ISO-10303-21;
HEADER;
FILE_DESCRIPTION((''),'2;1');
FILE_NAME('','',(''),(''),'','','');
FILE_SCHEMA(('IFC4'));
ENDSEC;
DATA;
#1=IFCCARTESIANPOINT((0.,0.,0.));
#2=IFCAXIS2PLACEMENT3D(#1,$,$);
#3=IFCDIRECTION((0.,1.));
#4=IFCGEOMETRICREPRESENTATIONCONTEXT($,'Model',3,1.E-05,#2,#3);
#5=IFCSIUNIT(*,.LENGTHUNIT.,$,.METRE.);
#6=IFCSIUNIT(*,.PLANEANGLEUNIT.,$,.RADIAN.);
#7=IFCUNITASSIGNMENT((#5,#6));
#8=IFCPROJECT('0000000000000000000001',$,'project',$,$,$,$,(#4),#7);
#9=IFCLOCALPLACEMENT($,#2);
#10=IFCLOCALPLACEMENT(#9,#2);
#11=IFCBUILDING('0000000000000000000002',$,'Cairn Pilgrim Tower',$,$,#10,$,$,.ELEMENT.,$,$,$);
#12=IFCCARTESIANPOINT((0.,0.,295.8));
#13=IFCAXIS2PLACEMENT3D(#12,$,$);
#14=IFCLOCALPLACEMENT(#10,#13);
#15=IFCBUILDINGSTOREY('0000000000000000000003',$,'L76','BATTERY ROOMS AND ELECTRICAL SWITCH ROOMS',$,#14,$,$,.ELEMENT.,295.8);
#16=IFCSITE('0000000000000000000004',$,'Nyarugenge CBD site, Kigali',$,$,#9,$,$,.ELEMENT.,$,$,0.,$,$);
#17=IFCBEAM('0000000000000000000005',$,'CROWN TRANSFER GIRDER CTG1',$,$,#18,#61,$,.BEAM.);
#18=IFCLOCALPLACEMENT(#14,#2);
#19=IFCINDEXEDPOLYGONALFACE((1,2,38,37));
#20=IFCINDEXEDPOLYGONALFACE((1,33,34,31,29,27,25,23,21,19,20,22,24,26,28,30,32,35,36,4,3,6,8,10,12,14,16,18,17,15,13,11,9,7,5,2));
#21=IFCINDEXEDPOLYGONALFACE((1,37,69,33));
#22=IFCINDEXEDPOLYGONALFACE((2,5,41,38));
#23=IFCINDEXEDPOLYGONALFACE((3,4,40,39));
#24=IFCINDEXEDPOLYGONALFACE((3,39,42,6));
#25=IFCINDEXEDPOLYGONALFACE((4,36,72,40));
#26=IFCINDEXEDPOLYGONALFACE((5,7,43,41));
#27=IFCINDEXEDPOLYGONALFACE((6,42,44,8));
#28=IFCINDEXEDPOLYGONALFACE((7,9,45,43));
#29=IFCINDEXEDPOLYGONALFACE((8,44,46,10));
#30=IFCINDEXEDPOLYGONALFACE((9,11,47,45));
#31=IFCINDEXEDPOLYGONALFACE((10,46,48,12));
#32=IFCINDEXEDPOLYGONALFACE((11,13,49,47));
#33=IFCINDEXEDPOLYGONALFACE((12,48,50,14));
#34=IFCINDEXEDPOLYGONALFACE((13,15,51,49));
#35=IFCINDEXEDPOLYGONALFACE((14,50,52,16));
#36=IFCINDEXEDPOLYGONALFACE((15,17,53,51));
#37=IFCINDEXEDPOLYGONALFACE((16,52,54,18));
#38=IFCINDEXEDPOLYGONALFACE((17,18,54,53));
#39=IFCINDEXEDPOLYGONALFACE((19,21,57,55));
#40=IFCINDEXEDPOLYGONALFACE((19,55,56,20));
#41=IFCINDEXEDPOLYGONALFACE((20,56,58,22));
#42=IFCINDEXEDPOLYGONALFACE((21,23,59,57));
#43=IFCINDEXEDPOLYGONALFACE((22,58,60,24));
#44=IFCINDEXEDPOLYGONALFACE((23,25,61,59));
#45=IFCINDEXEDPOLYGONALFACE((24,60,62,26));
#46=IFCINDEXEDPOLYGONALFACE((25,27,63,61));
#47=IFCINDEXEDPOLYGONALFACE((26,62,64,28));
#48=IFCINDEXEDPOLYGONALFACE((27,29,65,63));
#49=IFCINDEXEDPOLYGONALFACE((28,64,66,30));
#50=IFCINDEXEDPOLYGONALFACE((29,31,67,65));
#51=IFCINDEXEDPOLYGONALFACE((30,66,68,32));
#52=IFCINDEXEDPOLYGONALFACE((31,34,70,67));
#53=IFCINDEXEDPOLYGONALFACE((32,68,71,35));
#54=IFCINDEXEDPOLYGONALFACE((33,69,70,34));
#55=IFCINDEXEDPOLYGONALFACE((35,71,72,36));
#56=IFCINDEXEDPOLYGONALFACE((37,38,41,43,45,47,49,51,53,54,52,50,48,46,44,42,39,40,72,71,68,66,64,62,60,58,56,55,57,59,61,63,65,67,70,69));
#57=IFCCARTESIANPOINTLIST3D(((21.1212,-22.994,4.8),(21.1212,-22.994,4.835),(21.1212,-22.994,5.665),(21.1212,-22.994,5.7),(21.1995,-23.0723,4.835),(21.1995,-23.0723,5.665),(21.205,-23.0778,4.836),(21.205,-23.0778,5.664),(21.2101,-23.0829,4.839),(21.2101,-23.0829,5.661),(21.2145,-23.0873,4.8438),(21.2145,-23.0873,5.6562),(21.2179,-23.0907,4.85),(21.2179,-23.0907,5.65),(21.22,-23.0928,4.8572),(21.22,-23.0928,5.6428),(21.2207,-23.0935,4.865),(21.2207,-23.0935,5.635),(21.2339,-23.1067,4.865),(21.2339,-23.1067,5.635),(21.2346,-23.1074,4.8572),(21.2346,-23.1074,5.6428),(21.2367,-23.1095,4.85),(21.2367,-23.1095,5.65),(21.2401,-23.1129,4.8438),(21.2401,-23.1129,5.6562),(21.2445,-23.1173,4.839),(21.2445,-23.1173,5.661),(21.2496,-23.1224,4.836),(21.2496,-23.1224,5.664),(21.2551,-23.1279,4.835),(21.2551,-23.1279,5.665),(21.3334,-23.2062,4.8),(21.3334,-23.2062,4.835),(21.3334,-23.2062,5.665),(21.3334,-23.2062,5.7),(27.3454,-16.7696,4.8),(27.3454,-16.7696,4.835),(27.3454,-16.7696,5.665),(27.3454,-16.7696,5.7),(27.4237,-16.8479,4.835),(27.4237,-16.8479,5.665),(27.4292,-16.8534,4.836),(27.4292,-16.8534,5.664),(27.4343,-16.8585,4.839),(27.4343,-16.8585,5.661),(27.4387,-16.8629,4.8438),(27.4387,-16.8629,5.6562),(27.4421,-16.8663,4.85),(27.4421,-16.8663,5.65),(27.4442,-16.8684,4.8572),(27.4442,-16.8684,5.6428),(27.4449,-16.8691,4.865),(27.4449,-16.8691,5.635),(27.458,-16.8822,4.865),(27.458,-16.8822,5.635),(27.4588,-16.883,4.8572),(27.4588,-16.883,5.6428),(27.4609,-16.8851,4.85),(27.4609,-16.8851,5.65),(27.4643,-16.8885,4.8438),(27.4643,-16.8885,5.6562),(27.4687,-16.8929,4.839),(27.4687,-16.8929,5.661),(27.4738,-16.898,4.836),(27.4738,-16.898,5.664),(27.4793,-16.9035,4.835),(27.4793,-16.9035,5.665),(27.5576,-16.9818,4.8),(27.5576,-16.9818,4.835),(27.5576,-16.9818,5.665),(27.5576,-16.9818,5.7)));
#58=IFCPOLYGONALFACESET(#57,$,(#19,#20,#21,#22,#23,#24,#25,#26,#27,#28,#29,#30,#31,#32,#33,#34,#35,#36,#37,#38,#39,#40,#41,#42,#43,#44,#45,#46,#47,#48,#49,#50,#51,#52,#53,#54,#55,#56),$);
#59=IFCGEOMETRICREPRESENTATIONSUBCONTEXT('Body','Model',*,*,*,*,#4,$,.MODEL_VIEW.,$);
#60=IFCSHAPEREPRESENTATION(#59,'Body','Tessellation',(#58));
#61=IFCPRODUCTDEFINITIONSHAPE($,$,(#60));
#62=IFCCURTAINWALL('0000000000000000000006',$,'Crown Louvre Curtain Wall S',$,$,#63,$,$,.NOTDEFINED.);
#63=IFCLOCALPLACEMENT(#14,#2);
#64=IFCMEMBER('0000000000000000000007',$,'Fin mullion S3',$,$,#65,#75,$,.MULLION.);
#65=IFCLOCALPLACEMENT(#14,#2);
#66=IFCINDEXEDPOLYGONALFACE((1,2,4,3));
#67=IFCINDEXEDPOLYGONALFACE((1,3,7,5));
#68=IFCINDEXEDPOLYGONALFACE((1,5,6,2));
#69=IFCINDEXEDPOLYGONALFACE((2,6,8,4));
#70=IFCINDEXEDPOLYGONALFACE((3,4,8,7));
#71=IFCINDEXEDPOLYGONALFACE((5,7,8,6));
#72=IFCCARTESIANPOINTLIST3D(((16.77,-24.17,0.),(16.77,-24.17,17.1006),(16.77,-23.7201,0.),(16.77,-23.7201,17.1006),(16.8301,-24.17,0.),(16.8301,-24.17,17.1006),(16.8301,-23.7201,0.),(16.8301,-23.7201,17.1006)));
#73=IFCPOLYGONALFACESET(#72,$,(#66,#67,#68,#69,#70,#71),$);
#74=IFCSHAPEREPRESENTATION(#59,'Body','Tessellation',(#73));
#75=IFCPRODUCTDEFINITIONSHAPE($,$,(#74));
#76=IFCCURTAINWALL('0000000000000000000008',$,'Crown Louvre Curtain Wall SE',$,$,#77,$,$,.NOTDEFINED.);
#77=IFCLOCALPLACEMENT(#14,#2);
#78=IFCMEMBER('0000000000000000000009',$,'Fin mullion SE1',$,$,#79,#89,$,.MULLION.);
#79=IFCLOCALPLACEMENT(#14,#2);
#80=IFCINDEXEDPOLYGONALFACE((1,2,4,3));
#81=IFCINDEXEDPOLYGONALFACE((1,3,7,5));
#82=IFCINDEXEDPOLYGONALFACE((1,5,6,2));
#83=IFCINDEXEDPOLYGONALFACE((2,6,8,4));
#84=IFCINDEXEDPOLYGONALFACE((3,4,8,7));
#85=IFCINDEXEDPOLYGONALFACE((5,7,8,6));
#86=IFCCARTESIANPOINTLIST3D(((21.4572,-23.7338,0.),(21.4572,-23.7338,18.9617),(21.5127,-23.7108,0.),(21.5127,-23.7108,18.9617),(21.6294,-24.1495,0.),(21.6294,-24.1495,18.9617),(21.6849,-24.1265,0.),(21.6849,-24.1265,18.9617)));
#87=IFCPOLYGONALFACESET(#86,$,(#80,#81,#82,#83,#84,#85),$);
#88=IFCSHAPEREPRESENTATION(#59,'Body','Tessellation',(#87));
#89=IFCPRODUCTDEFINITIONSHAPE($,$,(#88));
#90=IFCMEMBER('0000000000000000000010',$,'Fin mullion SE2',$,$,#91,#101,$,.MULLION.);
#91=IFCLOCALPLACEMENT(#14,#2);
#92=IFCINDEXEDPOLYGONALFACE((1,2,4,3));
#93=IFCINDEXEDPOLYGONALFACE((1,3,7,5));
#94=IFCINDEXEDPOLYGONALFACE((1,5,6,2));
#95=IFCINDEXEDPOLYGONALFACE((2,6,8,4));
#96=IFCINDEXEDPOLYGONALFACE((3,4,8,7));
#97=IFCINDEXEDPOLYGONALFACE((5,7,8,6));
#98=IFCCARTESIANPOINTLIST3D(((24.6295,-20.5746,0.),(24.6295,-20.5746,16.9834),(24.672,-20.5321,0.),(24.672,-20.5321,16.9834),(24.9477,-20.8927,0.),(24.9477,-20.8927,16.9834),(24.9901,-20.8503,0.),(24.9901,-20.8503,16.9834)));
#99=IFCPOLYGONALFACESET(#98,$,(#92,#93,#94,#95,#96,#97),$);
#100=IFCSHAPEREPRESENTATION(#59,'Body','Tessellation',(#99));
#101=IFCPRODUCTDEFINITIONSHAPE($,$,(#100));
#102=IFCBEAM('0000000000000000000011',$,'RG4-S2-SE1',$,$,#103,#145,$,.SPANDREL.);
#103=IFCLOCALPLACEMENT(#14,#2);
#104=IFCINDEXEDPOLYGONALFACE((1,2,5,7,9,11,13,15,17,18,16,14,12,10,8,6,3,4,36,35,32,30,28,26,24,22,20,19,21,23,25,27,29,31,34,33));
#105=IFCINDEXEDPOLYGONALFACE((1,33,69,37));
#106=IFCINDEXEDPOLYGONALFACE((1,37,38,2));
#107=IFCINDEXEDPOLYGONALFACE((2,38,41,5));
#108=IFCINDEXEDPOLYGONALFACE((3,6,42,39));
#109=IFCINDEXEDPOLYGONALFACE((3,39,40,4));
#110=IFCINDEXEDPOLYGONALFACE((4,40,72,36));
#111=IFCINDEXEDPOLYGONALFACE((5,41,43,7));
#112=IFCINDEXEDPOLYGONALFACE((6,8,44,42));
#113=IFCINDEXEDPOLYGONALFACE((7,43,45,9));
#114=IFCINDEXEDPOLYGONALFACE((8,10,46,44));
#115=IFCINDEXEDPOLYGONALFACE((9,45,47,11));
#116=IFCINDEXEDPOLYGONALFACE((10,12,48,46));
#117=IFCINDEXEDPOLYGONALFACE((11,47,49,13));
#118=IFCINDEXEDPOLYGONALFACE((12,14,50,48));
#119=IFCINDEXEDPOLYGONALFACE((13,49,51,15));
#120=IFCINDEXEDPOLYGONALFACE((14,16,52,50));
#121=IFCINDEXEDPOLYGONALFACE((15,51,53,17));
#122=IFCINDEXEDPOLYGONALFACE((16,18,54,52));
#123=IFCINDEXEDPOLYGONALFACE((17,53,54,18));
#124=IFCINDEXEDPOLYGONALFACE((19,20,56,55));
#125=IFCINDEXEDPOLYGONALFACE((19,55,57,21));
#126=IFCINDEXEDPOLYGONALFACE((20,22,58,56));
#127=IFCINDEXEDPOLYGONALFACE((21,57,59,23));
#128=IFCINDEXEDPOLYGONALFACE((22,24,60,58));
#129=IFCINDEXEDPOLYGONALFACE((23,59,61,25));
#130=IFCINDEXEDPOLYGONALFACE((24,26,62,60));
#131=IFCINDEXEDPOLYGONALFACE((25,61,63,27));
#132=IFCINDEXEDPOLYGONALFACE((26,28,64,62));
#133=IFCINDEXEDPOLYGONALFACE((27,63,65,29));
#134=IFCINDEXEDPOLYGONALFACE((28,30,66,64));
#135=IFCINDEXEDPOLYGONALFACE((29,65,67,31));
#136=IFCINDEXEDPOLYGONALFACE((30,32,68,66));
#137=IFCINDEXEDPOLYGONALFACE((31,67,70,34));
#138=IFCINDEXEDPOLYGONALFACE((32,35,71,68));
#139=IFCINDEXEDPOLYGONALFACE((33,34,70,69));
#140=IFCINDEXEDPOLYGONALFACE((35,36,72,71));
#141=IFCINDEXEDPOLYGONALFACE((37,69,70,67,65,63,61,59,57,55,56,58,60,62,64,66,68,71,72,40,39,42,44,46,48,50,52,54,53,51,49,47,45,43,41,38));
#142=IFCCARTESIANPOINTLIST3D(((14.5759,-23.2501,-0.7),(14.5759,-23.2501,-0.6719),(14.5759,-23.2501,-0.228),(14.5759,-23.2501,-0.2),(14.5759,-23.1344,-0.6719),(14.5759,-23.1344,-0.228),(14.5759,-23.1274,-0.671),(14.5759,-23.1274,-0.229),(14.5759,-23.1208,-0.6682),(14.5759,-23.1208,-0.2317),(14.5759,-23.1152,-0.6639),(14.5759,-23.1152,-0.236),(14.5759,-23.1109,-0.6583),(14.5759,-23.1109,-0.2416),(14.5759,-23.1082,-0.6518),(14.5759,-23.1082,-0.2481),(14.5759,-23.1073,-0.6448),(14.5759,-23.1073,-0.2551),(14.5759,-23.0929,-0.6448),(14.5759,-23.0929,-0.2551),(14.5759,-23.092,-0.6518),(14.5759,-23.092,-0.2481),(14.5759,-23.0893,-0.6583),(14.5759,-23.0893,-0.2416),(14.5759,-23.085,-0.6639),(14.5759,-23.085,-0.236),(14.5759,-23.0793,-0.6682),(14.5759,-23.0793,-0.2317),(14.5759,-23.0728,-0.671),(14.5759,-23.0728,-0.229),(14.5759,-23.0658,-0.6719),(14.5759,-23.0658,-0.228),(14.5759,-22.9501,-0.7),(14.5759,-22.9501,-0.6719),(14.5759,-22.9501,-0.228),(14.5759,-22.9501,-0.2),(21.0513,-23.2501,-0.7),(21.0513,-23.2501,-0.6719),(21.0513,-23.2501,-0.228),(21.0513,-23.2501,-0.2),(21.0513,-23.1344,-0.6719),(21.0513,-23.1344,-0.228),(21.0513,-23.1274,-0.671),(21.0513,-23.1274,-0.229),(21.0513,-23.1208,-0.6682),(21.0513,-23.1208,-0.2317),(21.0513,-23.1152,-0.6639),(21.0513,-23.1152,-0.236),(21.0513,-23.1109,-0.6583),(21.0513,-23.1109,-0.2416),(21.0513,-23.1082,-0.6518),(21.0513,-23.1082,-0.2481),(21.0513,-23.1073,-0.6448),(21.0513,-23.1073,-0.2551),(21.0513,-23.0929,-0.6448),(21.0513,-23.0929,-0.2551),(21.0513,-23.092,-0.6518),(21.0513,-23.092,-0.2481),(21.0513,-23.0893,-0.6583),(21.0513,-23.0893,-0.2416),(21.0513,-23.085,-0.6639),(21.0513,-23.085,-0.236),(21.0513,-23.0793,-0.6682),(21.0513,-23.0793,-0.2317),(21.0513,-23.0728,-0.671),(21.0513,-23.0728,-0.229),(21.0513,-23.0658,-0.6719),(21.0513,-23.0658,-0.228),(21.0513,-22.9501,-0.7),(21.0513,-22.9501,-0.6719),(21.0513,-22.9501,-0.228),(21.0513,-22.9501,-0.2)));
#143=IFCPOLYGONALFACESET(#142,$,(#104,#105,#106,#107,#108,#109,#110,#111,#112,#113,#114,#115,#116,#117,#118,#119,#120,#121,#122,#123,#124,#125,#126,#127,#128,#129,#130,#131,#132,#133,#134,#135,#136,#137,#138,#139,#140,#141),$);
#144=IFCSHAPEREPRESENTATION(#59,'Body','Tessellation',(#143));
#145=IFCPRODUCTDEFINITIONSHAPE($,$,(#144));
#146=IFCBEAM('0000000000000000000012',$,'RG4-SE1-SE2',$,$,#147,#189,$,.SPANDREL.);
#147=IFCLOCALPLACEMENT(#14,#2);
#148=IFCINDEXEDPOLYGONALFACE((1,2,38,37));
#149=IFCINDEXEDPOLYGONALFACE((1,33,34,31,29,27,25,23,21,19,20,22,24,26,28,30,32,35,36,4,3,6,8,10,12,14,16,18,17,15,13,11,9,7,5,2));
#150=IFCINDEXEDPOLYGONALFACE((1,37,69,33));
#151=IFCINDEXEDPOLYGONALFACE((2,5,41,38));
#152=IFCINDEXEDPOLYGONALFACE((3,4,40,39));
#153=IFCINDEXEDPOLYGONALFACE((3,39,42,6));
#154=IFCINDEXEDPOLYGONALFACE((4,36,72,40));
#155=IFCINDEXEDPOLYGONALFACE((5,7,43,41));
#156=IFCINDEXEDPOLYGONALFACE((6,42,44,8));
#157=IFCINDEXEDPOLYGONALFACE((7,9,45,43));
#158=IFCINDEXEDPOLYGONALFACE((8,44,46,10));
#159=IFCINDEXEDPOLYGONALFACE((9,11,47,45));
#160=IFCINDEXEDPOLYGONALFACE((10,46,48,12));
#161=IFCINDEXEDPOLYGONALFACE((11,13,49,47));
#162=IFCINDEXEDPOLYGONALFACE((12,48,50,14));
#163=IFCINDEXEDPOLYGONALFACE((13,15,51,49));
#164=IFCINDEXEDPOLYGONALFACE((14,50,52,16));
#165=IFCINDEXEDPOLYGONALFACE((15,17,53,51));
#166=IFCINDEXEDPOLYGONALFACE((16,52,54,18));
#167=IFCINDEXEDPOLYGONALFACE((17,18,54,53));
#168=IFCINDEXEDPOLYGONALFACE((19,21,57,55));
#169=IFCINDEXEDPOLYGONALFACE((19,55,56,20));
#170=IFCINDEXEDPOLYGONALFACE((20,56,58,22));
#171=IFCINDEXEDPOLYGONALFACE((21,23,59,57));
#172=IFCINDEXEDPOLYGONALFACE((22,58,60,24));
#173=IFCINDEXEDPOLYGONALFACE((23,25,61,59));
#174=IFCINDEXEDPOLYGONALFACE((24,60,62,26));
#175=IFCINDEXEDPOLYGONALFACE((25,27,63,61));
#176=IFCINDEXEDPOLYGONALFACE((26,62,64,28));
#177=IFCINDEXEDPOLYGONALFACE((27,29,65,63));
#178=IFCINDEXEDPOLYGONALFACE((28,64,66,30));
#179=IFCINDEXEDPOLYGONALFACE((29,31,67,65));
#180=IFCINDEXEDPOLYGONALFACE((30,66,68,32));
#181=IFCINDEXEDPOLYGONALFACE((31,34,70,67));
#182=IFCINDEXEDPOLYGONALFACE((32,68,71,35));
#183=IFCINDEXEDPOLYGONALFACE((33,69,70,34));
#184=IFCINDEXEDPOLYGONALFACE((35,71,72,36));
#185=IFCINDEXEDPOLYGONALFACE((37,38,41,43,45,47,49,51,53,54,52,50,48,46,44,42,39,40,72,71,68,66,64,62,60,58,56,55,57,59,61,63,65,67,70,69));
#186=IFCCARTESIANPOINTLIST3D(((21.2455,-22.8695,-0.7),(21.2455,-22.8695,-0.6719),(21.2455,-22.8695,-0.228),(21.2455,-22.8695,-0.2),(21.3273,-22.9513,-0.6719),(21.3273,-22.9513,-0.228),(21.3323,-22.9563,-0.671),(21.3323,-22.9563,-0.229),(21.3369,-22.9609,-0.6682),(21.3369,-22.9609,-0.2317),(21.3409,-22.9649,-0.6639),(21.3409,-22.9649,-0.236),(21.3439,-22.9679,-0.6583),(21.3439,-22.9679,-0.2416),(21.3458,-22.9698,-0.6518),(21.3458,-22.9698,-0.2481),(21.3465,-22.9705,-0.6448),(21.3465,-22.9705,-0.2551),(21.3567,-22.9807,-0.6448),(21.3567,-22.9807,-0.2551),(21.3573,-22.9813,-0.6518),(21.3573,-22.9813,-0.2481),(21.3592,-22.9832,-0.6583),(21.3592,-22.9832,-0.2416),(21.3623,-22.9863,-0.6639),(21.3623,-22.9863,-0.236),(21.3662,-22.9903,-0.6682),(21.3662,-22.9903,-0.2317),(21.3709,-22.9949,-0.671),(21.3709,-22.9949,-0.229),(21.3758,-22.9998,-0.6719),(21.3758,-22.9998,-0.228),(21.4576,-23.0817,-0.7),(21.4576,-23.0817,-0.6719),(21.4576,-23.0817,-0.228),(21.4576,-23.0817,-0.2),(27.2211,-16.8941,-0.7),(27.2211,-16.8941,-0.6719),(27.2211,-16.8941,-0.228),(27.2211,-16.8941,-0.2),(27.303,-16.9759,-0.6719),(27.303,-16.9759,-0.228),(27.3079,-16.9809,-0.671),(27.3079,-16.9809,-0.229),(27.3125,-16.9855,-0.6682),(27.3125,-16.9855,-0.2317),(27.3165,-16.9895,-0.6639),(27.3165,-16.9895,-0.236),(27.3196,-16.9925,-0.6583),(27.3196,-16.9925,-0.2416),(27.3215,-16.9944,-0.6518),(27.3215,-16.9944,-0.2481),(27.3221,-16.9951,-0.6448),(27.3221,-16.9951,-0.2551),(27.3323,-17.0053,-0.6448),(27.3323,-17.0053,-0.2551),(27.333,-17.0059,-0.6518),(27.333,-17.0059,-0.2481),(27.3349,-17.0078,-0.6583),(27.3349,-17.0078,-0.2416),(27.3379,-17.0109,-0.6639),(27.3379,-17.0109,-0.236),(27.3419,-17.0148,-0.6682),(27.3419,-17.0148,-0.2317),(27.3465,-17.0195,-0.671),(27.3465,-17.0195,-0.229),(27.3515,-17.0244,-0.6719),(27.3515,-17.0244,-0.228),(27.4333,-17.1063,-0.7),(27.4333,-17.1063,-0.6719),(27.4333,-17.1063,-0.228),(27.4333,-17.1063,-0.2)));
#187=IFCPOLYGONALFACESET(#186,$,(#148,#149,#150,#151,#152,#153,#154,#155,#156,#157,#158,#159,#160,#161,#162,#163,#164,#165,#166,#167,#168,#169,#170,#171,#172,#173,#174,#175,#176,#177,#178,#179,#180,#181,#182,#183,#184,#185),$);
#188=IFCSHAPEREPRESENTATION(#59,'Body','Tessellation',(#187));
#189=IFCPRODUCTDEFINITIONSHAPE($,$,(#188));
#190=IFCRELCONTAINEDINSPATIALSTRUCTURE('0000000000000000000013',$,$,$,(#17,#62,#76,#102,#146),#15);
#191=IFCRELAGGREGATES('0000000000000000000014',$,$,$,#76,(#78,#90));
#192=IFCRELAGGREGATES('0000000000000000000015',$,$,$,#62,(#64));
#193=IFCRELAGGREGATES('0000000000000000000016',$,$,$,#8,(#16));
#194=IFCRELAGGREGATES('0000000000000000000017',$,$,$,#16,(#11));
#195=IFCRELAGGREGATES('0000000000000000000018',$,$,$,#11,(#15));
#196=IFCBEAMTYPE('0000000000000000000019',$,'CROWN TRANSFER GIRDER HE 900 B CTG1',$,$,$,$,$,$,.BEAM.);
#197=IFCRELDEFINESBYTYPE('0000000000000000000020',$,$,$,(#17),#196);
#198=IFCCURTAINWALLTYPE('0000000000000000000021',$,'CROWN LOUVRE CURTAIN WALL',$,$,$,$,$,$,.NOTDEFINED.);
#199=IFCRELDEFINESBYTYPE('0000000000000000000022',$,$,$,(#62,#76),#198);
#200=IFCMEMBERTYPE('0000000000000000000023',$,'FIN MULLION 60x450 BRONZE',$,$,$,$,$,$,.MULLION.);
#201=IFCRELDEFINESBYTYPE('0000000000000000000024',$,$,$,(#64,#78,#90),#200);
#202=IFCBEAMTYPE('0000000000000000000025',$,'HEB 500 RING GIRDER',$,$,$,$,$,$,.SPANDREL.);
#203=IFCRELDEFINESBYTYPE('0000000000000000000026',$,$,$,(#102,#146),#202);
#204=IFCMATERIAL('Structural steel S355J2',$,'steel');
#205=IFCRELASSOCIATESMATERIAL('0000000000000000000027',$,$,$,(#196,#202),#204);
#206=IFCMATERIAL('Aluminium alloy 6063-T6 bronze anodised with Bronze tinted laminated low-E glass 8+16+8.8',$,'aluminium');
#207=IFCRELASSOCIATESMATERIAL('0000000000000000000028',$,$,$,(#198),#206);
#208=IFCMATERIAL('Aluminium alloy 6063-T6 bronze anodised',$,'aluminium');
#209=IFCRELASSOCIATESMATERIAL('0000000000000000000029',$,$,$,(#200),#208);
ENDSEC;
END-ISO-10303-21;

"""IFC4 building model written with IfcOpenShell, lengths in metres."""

from ifc_helpers import new_model, si_unit, direction, frame, origin, origin_2d, place, context, subcontext, project, spatial, rectangle, i_section, extrude, material, material_profile, profile_set, type_object, element, aggregate, save


model = new_model("IFC4")

# Units and contexts
model_context = context("Model", 3, precision=1e-05, world=origin(), true_north=direction((0.0, 1.0)))
body_context = subcontext(model_context, "Body", "Model", "MODEL_VIEW")
ifc_project = project(units=[si_unit("LENGTHUNIT", "METRE"), si_unit("PLANEANGLEUNIT", "RADIAN")], contexts=[model_context])

# Site, building, storey
site_placement = place(None, origin())
site = spatial("IfcSite", under=ifc_project, at=site_placement, Name="Nyarugenge CBD site, Kigali", CompositionType="ELEMENT", RefElevation=0.0)
building_placement = place(site_placement, origin())
building = spatial("IfcBuilding", under=site, at=building_placement, Name="Cairn Pilgrim Tower", CompositionType="ELEMENT")
storey_placement = place(building_placement, frame((0.0, 0.0, 295.8)))
storey = spatial("IfcBuildingStorey", under=building, at=storey_placement, Name="L76", Description="BATTERY ROOMS AND ELECTRICAL SWITCH ROOMS", CompositionType="ELEMENT", Elevation=295.8)

# Shared definitions
ifc_material_1 = material(Name="Structural steel S355J2", Category="steel")

# Beam
ifc_material_profile_1 = material_profile(ifc_material_1, i_section(OverallWidth=0.3, OverallDepth=0.8999, WebThickness=0.0186, FlangeThickness=0.0349, FilletRadius=0.03, at=origin_2d()), Name="HEB 900")
ifc_profile_set_1 = profile_set([ifc_material_profile_1], Name="Structural steel S355J2")
beam_type_1 = type_object("IfcBeamType", Name="CROWN TRANSFER GIRDER HE 900 B CTG1", PredefinedType="BEAM", material=ifc_profile_set_1)
beam_1_placement = place(storey_placement, frame((21.2273, -23.1001, 5.25), z_axis=(0.707093, 0.707121, 0.0), x_axis=(-0.707121, 0.707093, 0.0)))
element("IfcBeam", 1, at=beam_1_placement, inside=storey, type_object=beam_type_1, Name="CROWN TRANSFER GIRDER CTG1", PredefinedType="BEAM", context=body_context, shape_type="SweptSolid", body=[
    extrude(i_section(OverallWidth=0.3, OverallDepth=0.8999, WebThickness=0.0186, FlangeThickness=0.0349, FilletRadius=0.03, at=origin_2d()), origin(), (0.0, 0.0, 1.0), 8.8025),
])

# Curtain wall, member
ifc_material_2 = material(Name="Aluminium alloy 6063-T6 bronze anodised with Bronze tinted laminated low-E glass 8+16+8.8", Category="aluminium")
curtain_wall_type = type_object("IfcCurtainWallType", Name="CROWN LOUVRE CURTAIN WALL", PredefinedType="NOTDEFINED", material=ifc_material_2)
curtain_wall_1_placement = place(storey_placement, origin())
curtain_wall_1 = element("IfcCurtainWall", 2, at=curtain_wall_1_placement, inside=storey, type_object=curtain_wall_type, Name="Crown Louvre Curtain Wall S", PredefinedType="NOTDEFINED")
ifc_material_3 = material(Name="Aluminium alloy 6063-T6 bronze anodised", Category="aluminium")
ifc_material_profile_2 = material_profile(ifc_material_3, rectangle(XDim=0.45, YDim=0.0601, at=origin_2d()), Name="FIN MULLION 60x450 BRONZE")
ifc_profile_set_2 = profile_set([ifc_material_profile_2], Name="Aluminium alloy 6063-T6 bronze anodised")
member_type_1 = type_object("IfcMemberType", Name="FIN MULLION 60x450 BRONZE", PredefinedType="MULLION", material=ifc_profile_set_2)
member_1_placement = place(storey_placement, frame((16.8, -23.9451, 0.0), z_axis=(0.0, 0.0, 1.0), x_axis=(0.0, -1.0, 0.0)))
member_1 = element("IfcMember", 3, at=member_1_placement, type_object=member_type_1, Name="Fin mullion S3", PredefinedType="MULLION", context=body_context, shape_type="SweptSolid", body=[
    extrude(rectangle(XDim=0.45, YDim=0.0601, at=origin_2d()), origin(), (0.0, 0.0, 1.0), 17.1006),
])

# Curtain wall, members
curtain_wall_2_placement = place(storey_placement, origin())
curtain_wall_2 = element("IfcCurtainWall", 4, at=curtain_wall_2_placement, inside=storey, type_object=curtain_wall_type, Name="Crown Louvre Curtain Wall SE", PredefinedType="NOTDEFINED")
member_2_placement = place(storey_placement, frame((21.571, -23.9302, 0.0), z_axis=(0.0, 0.0, 1.0), x_axis=(0.382683, -0.92388, 0.0)))
member_2 = element("IfcMember", 5, at=member_2_placement, type_object=member_type_1, Name="Fin mullion SE1", PredefinedType="MULLION", context=body_context, shape_type="SweptSolid", body=[
    extrude(rectangle(XDim=0.45, YDim=0.0601, at=origin_2d()), origin(), (0.0, 0.0, 1.0), 18.9617),
])
member_3_placement = place(storey_placement, frame((24.8098, -20.7124, 0.0), z_axis=(0.0, 0.0, 1.0), x_axis=(0.707107, -0.707107, 0.0)))
member_3 = element("IfcMember", 6, at=member_3_placement, type_object=member_type_1, Name="Fin mullion SE2", PredefinedType="MULLION", context=body_context, shape_type="SweptSolid", body=[
    extrude(rectangle(XDim=0.45, YDim=0.0601, at=origin_2d()), origin(), (0.0, 0.0, 1.0), 16.9834),
])

# Beams
ifc_material_profile_3 = material_profile(ifc_material_1, i_section(OverallWidth=0.3, OverallDepth=0.5, WebThickness=0.0144, FlangeThickness=0.0281, FilletRadius=0.0271, at=origin_2d()), Name="HEB 500")
ifc_profile_set_3 = profile_set([ifc_material_profile_3], Name="Structural steel S355J2")
beam_type_2 = type_object("IfcBeamType", Name="HEB 500 RING GIRDER", PredefinedType="SPANDREL", material=ifc_profile_set_3)
beam_2_placement = place(storey_placement, frame((14.5759, -23.1001, -0.45), z_axis=(1.0, 0.0, 0.0), x_axis=(0.0, 1.0, 0.0)))
element("IfcBeam", 7, at=beam_2_placement, inside=storey, type_object=beam_type_2, Name="RG4-S2-SE1", PredefinedType="SPANDREL", context=body_context, shape_type="SweptSolid", body=[
    extrude(i_section(OverallWidth=0.3, OverallDepth=0.5, WebThickness=0.0144, FlangeThickness=0.0281, FilletRadius=0.0271, at=origin_2d()), origin(), (0.0, 0.0, 1.0), 6.4753),
])
beam_3_placement = place(storey_placement, frame((21.3516, -22.9756, -0.45), z_axis=(0.707121, 0.707092, 0.0), x_axis=(-0.707092, 0.707121, 0.0)))
element("IfcBeam", 8, at=beam_3_placement, inside=storey, type_object=beam_type_2, Name="RG4-SE1-SE2", PredefinedType="SPANDREL", context=body_context, shape_type="SweptSolid", body=[
    extrude(i_section(OverallWidth=0.3, OverallDepth=0.5, WebThickness=0.0144, FlangeThickness=0.0281, FilletRadius=0.0271, at=origin_2d()), origin(), (0.0, 0.0, 1.0), 8.4507),
])

aggregate(curtain_wall_2, [member_2, member_3])
aggregate(curtain_wall_1, [member_1])

save(model, "model.ifc")
